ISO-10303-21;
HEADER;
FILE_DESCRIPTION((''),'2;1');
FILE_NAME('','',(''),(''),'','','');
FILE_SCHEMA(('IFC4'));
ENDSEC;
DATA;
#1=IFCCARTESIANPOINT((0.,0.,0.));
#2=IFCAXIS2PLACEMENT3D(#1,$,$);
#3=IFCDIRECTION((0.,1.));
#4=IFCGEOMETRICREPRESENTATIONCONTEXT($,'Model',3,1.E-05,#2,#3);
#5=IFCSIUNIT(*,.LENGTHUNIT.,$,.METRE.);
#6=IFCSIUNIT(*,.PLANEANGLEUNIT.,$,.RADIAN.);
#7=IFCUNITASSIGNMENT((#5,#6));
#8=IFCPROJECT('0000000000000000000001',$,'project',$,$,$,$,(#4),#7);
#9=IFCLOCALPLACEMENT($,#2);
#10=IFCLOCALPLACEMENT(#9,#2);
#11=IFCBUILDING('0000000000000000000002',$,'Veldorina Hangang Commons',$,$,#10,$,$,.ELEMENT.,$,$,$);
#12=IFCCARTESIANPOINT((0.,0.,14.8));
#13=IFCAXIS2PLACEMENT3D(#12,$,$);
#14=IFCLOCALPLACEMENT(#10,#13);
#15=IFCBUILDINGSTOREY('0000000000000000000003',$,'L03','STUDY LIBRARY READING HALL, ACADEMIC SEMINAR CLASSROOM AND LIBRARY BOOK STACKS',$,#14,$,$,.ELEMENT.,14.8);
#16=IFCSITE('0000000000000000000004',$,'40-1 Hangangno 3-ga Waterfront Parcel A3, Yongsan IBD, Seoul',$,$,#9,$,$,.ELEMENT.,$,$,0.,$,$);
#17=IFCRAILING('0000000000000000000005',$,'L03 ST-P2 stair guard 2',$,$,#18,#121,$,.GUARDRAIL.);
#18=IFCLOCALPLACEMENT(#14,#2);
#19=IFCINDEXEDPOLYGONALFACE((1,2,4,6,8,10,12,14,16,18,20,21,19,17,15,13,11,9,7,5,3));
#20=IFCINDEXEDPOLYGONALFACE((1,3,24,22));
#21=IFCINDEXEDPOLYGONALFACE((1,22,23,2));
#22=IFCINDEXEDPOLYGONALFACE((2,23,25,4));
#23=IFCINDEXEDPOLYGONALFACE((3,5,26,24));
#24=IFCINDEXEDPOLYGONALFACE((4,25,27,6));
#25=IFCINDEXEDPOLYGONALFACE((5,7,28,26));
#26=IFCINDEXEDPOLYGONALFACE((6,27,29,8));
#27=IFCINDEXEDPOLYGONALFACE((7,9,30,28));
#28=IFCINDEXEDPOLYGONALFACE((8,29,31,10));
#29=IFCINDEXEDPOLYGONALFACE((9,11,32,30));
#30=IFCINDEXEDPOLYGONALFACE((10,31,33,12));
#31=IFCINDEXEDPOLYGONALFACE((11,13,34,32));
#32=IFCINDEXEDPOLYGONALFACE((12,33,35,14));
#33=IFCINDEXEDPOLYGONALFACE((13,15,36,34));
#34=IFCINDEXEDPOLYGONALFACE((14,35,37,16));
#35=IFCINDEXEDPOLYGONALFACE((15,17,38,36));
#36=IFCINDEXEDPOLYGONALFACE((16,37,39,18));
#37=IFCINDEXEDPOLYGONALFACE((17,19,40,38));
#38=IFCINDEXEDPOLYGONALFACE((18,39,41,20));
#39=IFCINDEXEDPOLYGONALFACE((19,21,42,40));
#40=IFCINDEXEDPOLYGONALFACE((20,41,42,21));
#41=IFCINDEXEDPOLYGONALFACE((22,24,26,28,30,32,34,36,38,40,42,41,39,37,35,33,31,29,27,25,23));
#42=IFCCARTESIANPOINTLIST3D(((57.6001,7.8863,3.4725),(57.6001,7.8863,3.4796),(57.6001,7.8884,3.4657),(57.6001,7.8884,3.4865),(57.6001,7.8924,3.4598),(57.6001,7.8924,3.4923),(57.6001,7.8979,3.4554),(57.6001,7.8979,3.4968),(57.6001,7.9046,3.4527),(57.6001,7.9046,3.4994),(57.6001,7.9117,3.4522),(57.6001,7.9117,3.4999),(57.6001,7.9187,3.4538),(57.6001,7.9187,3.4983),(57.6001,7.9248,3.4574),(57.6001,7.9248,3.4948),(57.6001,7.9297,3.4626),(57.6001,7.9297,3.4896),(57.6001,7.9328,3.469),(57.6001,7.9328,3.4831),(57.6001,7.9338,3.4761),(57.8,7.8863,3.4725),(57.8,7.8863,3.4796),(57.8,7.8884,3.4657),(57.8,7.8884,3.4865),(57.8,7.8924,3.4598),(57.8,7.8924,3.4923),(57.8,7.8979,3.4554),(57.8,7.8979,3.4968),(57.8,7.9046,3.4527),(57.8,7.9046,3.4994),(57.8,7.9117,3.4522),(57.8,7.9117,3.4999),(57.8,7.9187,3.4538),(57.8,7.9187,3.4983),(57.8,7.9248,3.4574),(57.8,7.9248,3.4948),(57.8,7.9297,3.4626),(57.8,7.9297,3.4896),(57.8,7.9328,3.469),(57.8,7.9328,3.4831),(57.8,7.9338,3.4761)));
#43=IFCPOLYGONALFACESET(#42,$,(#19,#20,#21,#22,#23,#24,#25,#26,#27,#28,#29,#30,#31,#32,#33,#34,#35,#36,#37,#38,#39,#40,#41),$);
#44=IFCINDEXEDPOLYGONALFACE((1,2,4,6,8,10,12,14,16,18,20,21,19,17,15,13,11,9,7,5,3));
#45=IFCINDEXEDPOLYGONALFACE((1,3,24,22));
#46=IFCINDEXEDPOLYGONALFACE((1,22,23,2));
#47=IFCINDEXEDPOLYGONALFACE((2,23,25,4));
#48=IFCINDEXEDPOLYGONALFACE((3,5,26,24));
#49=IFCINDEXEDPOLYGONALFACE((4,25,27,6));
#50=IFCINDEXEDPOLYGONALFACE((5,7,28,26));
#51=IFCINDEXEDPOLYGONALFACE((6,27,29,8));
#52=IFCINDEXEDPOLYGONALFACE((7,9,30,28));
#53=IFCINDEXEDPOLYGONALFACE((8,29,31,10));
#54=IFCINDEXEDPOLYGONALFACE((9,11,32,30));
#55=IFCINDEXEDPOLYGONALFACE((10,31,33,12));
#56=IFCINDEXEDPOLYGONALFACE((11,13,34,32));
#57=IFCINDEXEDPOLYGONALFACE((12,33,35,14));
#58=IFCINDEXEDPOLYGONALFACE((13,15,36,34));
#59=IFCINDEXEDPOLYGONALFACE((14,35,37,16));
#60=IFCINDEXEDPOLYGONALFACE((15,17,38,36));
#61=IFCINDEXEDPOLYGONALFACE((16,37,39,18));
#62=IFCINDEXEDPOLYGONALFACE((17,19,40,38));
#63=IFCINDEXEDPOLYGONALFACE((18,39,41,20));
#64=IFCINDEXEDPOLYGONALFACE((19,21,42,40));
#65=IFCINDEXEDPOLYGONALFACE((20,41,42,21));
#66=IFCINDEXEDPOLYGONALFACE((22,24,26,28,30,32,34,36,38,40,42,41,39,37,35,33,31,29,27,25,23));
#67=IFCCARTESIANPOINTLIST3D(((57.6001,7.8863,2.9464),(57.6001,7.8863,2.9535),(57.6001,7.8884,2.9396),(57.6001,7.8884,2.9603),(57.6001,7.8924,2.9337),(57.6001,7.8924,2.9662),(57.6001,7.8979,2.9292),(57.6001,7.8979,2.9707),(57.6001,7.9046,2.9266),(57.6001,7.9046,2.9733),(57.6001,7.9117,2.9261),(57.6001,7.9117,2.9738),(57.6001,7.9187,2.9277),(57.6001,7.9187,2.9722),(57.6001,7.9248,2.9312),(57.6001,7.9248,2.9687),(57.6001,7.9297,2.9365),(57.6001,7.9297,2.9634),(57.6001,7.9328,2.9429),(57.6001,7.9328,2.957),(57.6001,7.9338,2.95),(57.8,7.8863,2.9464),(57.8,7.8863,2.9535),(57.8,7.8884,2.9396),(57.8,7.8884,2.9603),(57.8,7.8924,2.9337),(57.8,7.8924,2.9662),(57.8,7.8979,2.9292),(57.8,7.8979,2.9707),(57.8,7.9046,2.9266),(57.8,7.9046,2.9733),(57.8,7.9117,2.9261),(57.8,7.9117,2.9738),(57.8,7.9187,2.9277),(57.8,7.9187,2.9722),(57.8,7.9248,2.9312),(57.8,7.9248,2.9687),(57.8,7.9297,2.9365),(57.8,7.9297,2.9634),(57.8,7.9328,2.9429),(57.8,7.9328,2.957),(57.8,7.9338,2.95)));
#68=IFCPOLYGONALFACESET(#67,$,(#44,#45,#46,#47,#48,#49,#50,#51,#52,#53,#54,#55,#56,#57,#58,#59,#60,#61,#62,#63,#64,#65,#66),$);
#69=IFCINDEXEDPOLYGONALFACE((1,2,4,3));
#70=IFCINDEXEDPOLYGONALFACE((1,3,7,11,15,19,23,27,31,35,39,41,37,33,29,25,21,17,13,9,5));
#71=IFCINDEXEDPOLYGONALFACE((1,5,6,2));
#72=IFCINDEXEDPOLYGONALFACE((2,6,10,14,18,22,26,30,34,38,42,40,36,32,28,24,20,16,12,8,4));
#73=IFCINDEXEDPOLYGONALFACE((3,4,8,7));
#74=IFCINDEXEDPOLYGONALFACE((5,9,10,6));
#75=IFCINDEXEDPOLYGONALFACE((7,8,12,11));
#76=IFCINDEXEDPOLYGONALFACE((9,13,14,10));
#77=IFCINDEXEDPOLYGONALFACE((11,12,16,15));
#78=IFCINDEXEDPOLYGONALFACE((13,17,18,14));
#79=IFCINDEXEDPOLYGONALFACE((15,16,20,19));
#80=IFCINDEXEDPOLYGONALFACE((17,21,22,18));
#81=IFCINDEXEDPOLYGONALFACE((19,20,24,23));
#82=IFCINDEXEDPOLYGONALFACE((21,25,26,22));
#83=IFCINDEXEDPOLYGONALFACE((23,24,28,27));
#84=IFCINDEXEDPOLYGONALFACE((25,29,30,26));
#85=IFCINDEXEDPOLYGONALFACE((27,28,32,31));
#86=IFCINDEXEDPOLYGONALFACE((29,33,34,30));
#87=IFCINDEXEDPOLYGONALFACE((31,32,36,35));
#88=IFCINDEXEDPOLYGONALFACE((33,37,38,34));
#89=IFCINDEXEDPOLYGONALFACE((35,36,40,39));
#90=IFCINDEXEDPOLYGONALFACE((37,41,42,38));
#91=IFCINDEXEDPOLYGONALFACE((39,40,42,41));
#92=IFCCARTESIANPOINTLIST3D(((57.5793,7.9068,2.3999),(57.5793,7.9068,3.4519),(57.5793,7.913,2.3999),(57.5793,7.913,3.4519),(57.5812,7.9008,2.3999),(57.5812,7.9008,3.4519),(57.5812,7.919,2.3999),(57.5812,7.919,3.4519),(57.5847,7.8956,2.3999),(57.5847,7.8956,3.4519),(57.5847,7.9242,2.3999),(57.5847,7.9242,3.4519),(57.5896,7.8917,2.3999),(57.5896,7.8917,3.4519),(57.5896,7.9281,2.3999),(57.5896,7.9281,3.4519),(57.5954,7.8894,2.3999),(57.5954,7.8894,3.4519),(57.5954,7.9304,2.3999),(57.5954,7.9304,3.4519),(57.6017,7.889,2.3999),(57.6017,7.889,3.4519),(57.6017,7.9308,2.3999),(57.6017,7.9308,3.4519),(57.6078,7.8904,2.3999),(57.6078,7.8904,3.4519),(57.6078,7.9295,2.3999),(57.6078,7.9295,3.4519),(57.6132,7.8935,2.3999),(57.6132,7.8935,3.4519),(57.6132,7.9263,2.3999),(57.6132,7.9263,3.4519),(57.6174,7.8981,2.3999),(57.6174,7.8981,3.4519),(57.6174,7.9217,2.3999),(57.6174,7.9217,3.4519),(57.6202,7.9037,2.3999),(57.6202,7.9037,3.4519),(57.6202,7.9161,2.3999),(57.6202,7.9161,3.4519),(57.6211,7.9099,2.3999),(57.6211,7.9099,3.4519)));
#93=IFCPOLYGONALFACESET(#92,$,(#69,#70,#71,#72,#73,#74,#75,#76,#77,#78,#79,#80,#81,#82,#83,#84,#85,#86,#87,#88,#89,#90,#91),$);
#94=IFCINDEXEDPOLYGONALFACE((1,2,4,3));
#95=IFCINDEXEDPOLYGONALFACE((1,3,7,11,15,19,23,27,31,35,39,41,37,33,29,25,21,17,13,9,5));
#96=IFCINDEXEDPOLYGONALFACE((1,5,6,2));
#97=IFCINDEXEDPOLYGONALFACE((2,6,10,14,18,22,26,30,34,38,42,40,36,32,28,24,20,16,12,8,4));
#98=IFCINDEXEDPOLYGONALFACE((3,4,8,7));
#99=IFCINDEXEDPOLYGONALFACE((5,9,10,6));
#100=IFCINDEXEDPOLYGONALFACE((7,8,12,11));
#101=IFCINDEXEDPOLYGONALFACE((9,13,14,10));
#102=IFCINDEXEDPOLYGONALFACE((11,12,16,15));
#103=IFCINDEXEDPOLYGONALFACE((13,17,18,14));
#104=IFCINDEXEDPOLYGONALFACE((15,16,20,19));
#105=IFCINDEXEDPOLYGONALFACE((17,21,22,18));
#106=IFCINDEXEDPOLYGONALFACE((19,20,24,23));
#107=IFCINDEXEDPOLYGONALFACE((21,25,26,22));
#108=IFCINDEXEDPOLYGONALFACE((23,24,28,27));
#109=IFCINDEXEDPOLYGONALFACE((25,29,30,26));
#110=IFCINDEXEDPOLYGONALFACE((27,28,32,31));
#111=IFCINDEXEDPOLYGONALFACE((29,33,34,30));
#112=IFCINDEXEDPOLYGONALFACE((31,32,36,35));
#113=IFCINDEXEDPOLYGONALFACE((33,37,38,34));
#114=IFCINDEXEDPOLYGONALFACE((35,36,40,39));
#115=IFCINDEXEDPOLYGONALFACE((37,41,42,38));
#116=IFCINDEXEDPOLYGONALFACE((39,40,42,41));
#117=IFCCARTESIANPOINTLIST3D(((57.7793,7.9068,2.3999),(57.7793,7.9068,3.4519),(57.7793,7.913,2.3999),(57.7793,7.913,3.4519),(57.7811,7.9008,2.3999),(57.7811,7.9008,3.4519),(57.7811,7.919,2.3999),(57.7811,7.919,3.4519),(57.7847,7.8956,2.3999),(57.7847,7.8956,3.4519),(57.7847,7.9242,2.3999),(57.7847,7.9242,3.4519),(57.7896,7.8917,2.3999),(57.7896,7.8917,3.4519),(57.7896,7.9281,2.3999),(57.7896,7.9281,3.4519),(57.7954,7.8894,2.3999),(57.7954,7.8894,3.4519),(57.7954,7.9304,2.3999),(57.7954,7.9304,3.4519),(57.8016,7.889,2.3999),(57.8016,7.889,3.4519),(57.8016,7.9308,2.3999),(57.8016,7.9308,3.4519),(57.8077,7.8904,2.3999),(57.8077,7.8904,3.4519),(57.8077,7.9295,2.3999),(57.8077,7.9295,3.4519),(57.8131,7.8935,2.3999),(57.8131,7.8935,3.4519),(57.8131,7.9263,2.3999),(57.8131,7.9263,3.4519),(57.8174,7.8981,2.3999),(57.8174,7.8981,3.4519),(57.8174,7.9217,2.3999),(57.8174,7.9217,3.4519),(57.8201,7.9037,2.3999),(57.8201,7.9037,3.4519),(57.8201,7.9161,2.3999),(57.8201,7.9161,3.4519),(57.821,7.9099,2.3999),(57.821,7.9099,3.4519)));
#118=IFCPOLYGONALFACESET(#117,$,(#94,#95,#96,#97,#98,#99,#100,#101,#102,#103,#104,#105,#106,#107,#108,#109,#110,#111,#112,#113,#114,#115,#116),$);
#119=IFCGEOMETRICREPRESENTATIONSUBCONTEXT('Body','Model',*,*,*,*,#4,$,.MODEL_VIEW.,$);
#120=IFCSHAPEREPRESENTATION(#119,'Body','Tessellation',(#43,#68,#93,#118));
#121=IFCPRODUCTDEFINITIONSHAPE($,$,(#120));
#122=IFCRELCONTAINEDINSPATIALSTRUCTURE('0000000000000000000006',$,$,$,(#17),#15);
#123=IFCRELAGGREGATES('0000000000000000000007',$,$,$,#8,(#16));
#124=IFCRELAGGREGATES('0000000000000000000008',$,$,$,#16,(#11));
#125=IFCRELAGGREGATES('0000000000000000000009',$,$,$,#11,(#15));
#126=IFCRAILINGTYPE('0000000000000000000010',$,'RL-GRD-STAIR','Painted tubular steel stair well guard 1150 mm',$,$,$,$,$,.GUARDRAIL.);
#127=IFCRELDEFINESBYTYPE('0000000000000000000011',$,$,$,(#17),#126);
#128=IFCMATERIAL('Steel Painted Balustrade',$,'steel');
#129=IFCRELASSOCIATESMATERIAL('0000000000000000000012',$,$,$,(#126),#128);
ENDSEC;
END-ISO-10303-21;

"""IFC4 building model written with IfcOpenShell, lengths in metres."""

from ifc_helpers import new_model, si_unit, direction, frame, origin, origin_2d, place, context, subcontext, project, spatial, circle, extrude, material, type_object, element, save


model = new_model("IFC4")

# Units and contexts
model_context = context("Model", 3, precision=1e-05, world=origin(), true_north=direction((0.0, 1.0)))
body_context = subcontext(model_context, "Body", "Model", "MODEL_VIEW")
ifc_project = project(units=[si_unit("LENGTHUNIT", "METRE"), si_unit("PLANEANGLEUNIT", "RADIAN")], contexts=[model_context])

# Site, building, storey
site_placement = place(None, origin())
site = spatial("IfcSite", under=ifc_project, at=site_placement, Name="40-1 Hangangno 3-ga Waterfront Parcel A3, Yongsan IBD, Seoul", CompositionType="ELEMENT", RefElevation=0.0)
building_placement = place(site_placement, origin())
building = spatial("IfcBuilding", under=site, at=building_placement, Name="Veldorina Hangang Commons", CompositionType="ELEMENT")
storey_placement = place(building_placement, frame((0.0, 0.0, 14.8)))
storey = spatial("IfcBuildingStorey", under=building, at=storey_placement, Name="L03", Description="STUDY LIBRARY READING HALL, ACADEMIC SEMINAR CLASSROOM AND LIBRARY BOOK STACKS", CompositionType="ELEMENT", Elevation=14.8)

# Railing
ifc_material_1 = material(Name="Steel Painted Balustrade", Category="steel")
railing_type_1 = type_object("IfcRailingType", Name="RL-GRD-STAIR", Description="Painted tubular steel stair well guard 1150 mm", PredefinedType="GUARDRAIL", material=ifc_material_1)
railing_1_placement = place(storey_placement, frame((57.6001, 7.9099, 2.3999)))
element("IfcRailing", 1, at=railing_1_placement, inside=storey, type_object=railing_type_1, Name="L03 ST-P2 stair guard 2", PredefinedType="GUARDRAIL", context=body_context, shape_type="SweptSolid", body=[
    extrude(circle(Radius=0.0239, at=origin_2d()), frame((0.0, 0.0, 1.0762), z_axis=(1.0, 0.0, 0.0), x_axis=(0.0, 1.0, 0.0)), (0.0, 0.0, 1.0), 0.2),
    extrude(circle(Radius=0.0239, at=origin_2d()), frame((0.0, 0.0, 0.55), z_axis=(1.0, 0.0, 0.0), x_axis=(0.0, 1.0, 0.0)), (0.0, 0.0, 1.0), 0.2),
    extrude(circle(Radius=0.021, at=origin_2d()), origin(), (0.0, 0.0, 1.0), 1.052),
    extrude(circle(Radius=0.021, at=origin_2d()), frame((0.2, 0.0, 0.0)), (0.0, 0.0, 1.0), 1.052),
])

save(model, "model.ifc")
